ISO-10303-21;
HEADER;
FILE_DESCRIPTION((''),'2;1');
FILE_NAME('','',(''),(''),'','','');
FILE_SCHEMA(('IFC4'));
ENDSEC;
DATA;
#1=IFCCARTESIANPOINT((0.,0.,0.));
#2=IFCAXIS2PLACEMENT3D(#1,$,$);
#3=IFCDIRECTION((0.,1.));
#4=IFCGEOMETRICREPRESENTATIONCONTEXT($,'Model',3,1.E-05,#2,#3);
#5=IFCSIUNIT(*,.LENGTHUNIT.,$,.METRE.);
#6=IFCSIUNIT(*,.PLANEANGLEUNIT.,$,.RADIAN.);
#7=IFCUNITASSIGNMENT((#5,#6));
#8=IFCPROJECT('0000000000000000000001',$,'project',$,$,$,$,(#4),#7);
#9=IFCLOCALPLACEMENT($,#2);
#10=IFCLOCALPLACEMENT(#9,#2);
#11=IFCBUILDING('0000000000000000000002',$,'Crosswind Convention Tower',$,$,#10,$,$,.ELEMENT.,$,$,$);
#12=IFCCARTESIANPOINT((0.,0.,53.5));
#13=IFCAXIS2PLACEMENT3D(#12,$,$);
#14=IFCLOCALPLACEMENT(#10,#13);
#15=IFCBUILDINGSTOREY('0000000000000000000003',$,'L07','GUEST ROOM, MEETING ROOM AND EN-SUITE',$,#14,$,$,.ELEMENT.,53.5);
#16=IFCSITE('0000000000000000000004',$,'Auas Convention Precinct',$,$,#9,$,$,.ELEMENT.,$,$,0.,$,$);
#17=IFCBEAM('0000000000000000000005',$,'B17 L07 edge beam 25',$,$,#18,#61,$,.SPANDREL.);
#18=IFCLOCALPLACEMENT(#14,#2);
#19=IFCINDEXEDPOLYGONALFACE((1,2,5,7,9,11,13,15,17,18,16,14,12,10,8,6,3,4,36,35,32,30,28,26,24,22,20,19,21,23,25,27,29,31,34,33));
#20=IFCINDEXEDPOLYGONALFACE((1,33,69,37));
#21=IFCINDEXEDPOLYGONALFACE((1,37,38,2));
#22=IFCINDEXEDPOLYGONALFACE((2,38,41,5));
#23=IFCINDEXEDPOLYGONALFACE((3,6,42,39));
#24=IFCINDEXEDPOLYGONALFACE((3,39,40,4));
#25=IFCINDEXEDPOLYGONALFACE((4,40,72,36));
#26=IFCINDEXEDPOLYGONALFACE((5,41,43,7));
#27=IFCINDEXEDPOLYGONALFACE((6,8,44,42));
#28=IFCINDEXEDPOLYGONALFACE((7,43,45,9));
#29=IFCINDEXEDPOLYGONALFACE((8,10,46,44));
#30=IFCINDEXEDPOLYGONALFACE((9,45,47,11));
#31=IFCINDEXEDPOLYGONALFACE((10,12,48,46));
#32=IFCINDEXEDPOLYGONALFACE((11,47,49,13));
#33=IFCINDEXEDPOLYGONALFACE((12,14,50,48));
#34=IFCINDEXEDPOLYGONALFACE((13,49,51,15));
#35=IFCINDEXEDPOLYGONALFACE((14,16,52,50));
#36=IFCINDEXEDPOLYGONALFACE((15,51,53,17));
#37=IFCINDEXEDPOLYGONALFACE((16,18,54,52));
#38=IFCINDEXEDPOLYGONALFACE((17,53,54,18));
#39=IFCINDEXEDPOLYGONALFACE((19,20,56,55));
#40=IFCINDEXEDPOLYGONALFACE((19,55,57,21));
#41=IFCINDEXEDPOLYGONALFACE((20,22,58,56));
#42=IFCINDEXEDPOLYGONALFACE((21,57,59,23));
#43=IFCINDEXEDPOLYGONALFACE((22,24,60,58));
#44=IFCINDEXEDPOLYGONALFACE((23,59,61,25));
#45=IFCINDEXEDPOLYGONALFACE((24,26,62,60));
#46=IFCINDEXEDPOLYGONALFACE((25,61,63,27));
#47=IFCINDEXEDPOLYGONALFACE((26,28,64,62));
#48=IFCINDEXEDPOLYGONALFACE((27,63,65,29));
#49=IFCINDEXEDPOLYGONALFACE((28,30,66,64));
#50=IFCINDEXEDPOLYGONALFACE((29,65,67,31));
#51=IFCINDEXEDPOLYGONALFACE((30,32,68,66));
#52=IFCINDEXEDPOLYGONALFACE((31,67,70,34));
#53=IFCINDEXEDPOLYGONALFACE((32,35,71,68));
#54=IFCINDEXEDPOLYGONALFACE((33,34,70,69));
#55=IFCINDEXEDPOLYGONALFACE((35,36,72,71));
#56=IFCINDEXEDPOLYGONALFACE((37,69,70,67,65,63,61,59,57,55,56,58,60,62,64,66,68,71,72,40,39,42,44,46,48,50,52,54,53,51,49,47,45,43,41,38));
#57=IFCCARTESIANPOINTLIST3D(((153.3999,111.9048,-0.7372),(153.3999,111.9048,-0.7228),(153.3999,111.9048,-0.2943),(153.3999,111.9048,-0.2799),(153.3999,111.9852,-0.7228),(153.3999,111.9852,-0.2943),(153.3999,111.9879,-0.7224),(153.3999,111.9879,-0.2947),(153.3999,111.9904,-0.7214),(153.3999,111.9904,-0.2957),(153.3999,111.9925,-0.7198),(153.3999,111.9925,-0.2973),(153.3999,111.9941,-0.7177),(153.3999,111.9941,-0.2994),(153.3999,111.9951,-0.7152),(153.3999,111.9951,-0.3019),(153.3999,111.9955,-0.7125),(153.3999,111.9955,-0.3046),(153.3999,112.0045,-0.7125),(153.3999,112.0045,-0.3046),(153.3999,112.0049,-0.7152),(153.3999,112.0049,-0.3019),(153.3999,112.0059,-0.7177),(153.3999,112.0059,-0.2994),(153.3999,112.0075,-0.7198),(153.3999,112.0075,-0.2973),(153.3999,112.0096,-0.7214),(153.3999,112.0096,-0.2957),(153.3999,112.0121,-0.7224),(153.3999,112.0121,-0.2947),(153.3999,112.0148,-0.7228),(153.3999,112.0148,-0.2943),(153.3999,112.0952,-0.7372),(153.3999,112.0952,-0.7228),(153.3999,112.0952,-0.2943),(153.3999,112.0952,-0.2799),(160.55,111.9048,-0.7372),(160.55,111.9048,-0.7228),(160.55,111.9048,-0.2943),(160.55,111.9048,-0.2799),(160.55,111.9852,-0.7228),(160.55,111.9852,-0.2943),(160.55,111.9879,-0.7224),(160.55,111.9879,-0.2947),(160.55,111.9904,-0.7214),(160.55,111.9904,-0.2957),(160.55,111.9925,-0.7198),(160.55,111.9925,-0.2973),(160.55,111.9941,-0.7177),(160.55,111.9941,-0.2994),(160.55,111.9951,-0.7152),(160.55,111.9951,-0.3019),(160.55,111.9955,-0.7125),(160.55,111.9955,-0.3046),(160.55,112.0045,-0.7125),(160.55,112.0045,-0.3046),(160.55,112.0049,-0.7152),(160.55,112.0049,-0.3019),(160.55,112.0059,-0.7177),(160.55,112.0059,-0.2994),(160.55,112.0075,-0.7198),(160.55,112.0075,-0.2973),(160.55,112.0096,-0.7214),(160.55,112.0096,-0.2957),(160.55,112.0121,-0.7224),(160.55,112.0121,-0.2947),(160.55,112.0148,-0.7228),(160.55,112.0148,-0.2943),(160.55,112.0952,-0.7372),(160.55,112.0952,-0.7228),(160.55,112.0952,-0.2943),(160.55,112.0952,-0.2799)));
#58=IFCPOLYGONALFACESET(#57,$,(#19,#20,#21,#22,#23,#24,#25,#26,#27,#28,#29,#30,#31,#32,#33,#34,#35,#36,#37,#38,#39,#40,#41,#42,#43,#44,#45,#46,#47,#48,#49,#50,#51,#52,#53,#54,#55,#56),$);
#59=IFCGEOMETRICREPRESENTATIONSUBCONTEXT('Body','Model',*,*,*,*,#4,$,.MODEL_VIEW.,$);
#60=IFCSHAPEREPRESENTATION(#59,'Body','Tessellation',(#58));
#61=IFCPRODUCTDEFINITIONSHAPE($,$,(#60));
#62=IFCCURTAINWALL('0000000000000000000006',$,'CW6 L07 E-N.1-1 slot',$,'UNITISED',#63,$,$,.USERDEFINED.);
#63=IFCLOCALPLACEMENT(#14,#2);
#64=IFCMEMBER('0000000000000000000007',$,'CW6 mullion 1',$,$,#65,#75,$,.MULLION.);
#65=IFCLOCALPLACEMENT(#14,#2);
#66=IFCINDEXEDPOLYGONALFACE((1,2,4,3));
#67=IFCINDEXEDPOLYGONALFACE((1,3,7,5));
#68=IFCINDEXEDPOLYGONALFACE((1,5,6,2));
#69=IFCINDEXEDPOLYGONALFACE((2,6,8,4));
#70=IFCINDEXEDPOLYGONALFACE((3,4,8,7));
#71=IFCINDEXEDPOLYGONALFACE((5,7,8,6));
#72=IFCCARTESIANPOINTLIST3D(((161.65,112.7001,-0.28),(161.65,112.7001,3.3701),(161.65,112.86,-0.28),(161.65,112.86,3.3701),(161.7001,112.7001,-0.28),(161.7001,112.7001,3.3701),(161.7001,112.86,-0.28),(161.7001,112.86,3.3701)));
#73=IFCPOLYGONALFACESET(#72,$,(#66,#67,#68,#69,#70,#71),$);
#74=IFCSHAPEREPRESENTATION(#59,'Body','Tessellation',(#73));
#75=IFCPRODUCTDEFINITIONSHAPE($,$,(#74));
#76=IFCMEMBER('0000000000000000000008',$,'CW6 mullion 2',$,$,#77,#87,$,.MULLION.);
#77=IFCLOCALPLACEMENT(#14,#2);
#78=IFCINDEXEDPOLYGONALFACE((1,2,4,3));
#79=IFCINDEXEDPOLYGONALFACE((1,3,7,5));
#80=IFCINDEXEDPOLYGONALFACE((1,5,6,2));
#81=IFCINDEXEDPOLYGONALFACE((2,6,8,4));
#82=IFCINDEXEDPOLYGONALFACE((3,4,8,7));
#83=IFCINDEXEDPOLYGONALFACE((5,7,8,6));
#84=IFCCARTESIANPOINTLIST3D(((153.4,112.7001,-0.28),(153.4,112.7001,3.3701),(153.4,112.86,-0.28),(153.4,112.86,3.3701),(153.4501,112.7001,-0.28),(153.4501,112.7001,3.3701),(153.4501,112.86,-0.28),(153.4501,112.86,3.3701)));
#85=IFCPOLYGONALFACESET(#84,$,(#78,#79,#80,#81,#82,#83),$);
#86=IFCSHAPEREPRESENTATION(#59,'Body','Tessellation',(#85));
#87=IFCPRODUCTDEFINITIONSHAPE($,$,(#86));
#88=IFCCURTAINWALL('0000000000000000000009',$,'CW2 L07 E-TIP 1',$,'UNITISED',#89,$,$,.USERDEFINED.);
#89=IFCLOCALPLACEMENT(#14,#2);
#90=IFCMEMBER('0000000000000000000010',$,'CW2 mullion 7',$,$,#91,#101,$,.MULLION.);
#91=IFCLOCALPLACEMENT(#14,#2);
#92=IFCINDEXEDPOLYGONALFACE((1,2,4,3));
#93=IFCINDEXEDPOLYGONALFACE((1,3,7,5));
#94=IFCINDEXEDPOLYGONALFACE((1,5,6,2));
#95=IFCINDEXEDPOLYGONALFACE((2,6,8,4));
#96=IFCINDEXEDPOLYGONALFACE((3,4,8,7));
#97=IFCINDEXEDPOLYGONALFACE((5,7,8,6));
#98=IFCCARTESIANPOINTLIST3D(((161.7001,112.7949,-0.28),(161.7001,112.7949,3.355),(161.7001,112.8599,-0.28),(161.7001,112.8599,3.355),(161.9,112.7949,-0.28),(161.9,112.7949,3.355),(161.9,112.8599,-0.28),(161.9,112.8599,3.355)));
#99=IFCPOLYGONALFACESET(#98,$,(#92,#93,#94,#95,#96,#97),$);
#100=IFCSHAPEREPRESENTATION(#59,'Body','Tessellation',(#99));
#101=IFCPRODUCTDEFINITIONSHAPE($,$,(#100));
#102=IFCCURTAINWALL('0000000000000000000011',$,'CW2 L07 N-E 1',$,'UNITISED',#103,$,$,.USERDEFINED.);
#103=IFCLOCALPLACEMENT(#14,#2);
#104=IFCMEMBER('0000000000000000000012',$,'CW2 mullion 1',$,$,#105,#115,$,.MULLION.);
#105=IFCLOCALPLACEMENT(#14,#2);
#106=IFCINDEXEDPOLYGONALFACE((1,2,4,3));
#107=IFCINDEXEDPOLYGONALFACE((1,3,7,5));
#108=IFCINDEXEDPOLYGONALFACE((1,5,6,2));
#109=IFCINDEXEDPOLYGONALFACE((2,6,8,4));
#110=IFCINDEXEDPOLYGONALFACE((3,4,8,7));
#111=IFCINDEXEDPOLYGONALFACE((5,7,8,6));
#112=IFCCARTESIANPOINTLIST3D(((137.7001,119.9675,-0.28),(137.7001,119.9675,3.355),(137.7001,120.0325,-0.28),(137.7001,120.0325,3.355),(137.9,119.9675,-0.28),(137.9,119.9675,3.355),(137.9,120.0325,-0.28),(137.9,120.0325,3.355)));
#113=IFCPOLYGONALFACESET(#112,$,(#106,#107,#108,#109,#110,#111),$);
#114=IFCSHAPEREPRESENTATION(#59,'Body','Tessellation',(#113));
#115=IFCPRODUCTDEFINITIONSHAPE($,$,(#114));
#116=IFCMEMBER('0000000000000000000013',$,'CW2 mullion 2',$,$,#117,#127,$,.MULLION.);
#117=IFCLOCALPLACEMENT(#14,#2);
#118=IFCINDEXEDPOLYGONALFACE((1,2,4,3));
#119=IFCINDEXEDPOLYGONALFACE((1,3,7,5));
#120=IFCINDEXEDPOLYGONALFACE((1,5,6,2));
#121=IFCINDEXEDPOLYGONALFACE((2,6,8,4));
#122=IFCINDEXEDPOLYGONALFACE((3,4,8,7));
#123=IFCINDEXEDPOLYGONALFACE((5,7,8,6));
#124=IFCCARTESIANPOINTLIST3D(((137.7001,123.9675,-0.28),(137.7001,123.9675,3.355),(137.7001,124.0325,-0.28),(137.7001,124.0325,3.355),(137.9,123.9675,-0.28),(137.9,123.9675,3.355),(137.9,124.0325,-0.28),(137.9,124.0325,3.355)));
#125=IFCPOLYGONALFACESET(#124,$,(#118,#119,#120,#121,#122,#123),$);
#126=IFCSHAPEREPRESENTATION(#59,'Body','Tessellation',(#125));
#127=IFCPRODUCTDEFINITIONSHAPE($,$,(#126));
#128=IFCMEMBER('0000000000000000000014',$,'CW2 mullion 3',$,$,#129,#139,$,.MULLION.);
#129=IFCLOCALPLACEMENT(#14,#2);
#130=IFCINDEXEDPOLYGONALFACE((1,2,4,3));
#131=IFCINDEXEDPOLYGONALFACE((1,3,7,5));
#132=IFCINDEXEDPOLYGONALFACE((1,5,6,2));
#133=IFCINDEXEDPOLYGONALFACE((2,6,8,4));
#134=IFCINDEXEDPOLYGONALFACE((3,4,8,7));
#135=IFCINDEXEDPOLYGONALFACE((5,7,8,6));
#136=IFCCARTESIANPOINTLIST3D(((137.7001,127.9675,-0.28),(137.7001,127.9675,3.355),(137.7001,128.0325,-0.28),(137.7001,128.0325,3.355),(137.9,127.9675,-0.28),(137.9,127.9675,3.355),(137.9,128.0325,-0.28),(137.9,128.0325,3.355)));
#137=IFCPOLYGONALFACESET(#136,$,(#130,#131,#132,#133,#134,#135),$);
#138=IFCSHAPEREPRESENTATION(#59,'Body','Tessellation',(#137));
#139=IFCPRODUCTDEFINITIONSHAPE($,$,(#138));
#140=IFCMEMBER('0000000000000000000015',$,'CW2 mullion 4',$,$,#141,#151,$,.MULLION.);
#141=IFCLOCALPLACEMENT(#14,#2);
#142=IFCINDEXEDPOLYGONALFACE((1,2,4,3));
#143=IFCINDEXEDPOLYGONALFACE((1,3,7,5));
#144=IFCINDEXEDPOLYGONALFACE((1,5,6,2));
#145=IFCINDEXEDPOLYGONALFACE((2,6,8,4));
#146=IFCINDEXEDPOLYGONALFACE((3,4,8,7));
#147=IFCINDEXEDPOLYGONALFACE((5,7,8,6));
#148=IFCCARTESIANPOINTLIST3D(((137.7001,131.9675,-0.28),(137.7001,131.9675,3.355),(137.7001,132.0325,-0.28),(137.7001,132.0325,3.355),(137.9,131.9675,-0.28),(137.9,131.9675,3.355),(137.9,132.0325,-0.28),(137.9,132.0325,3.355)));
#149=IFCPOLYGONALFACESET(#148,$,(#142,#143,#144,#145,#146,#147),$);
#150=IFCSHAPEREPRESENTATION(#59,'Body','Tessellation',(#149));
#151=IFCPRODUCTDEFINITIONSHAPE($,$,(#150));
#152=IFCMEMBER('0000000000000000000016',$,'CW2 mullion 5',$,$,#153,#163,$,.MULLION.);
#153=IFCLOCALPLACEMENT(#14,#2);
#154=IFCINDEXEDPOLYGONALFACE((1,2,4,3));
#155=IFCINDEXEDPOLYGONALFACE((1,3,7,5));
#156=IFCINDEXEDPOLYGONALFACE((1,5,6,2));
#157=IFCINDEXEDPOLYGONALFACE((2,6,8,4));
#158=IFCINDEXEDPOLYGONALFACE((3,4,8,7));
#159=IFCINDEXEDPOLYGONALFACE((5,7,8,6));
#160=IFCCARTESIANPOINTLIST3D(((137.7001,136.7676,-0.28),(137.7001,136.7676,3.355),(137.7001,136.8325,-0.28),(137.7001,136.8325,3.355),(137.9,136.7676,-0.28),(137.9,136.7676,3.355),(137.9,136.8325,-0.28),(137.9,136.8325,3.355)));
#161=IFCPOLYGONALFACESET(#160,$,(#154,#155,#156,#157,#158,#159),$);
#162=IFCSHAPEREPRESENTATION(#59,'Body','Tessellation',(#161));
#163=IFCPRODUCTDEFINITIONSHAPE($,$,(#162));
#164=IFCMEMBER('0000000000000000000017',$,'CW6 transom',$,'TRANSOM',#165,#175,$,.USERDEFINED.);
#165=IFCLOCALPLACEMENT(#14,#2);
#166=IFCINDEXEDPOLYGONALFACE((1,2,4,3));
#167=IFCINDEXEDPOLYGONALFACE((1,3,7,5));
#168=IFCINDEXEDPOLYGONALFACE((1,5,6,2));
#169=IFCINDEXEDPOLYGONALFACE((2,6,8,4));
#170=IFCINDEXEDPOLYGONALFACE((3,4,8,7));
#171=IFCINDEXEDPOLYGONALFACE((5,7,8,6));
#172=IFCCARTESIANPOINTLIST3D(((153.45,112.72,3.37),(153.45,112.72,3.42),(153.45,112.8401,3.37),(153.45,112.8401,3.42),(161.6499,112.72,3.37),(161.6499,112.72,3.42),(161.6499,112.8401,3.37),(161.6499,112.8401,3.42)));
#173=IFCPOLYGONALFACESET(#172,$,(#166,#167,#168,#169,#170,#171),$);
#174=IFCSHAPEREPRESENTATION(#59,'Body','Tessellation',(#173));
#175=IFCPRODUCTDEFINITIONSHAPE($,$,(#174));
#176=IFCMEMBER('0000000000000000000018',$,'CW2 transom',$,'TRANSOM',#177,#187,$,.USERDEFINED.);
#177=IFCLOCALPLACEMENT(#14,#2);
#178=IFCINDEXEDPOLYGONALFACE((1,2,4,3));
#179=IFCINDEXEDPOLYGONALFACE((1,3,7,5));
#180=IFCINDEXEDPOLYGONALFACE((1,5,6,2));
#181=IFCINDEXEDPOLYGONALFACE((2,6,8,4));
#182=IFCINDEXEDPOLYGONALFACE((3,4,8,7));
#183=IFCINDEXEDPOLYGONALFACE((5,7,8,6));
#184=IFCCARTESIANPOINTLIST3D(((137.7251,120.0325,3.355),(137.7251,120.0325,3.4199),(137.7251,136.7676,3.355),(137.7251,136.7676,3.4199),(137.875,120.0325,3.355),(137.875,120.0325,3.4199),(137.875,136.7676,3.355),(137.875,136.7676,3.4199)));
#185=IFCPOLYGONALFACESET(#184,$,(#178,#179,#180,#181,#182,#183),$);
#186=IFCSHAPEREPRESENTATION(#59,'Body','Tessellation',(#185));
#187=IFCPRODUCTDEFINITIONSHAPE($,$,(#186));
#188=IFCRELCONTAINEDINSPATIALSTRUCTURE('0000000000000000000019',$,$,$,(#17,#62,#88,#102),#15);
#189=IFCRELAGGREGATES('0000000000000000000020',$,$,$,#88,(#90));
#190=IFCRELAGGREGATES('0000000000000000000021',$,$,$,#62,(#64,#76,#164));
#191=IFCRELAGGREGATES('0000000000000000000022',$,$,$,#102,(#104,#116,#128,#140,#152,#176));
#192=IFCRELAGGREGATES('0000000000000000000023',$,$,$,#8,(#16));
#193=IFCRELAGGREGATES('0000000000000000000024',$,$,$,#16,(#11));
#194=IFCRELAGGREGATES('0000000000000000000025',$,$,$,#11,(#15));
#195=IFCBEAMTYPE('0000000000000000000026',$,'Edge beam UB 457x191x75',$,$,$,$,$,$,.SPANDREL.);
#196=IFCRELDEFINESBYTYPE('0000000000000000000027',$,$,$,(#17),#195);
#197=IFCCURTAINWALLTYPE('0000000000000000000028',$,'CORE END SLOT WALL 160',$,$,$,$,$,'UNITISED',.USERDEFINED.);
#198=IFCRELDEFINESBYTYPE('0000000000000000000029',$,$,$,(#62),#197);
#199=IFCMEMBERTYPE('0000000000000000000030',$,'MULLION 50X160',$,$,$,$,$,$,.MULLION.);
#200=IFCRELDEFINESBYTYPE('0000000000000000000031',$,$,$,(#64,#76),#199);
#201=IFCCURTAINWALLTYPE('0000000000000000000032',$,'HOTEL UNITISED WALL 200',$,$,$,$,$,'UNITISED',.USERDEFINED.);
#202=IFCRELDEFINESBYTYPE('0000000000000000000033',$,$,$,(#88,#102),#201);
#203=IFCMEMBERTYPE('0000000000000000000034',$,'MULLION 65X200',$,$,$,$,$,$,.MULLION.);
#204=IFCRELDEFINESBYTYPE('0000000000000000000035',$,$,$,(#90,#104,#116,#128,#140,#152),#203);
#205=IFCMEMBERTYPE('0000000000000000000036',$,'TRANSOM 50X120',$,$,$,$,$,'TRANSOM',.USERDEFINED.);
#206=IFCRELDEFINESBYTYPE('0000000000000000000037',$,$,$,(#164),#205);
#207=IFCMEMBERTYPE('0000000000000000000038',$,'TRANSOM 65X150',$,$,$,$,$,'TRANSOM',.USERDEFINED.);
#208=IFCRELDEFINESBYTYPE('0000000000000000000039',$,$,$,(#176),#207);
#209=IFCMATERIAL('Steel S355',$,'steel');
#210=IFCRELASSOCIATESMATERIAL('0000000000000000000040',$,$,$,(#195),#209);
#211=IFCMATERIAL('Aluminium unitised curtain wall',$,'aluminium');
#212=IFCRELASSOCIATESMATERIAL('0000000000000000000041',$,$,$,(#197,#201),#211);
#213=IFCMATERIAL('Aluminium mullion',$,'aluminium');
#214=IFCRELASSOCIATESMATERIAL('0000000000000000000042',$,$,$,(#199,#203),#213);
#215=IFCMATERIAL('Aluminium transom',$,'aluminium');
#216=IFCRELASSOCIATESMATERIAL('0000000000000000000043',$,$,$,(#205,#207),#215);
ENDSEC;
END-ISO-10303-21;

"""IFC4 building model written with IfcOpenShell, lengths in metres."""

from ifc_helpers import new_model, si_unit, direction, frame, origin, origin_2d, place, context, subcontext, project, spatial, rectangle, i_section, extrude, material, material_profile, profile_set, type_object, element, aggregate, save


model = new_model("IFC4")

# Units and contexts
model_context = context("Model", 3, precision=1e-05, world=origin(), true_north=direction((0.0, 1.0)))
body_context = subcontext(model_context, "Body", "Model", "MODEL_VIEW")
ifc_project = project(units=[si_unit("LENGTHUNIT", "METRE"), si_unit("PLANEANGLEUNIT", "RADIAN")], contexts=[model_context])

# Site, building, storey
site_placement = place(None, origin())
site = spatial("IfcSite", under=ifc_project, at=site_placement, Name="Auas Convention Precinct", CompositionType="ELEMENT", RefElevation=0.0)
building_placement = place(site_placement, origin())
building = spatial("IfcBuilding", under=site, at=building_placement, Name="Crosswind Convention Tower", CompositionType="ELEMENT")
storey_placement = place(building_placement, frame((0.0, 0.0, 53.5)))
storey = spatial("IfcBuildingStorey", under=building, at=storey_placement, Name="L07", Description="GUEST ROOM, MEETING ROOM AND EN-SUITE", CompositionType="ELEMENT", Elevation=53.5)

# Beam
ifc_material_1 = material(Name="Steel S355", Category="steel")
ifc_material_profile_1 = material_profile(ifc_material_1, i_section(OverallWidth=0.1904, OverallDepth=0.4573, WebThickness=0.009, FlangeThickness=0.0144, FilletRadius=0.0103, at=origin_2d()), Name="UB 457x191x75")
ifc_profile_set_1 = profile_set([ifc_material_profile_1], Name="Steel S355")
beam_type_1 = type_object("IfcBeamType", Name="Edge beam UB 457x191x75", PredefinedType="SPANDREL", material=ifc_profile_set_1)
beam_1_placement = place(storey_placement, frame((153.3999, 112.0, -0.5085), z_axis=(1.0, 0.0, 0.0), x_axis=(0.0, 1.0, 0.0)))
element("IfcBeam", 1, at=beam_1_placement, inside=storey, type_object=beam_type_1, Name="B17 L07 edge beam 25", PredefinedType="SPANDREL", context=body_context, shape_type="SweptSolid", body=[
    extrude(i_section(OverallWidth=0.1904, OverallDepth=0.4573, WebThickness=0.009, FlangeThickness=0.0144, FilletRadius=0.0103, at=origin_2d()), origin(), (0.0, 0.0, 1.0), 7.1501),
])

# Curtain wall, members
ifc_material_2 = material(Name="Aluminium unitised curtain wall", Category="aluminium")
curtain_wall_type_1 = type_object("IfcCurtainWallType", Name="CORE END SLOT WALL 160", ElementType="UNITISED", PredefinedType="USERDEFINED", material=ifc_material_2)
curtain_wall_1_placement = place(storey_placement, origin())
curtain_wall_1 = element("IfcCurtainWall", 2, at=curtain_wall_1_placement, inside=storey, type_object=curtain_wall_type_1, Name="CW6 L07 E-N.1-1 slot", ObjectType="UNITISED", PredefinedType="USERDEFINED")
ifc_material_3 = material(Name="Aluminium mullion", Category="aluminium")
ifc_material_profile_2 = material_profile(ifc_material_3, rectangle(XDim=0.1599, YDim=0.05, at=origin_2d()), Name="AL 160X50")
ifc_profile_set_2 = profile_set([ifc_material_profile_2], Name="Aluminium mullion")
member_type_1 = type_object("IfcMemberType", Name="MULLION 50X160", PredefinedType="MULLION", material=ifc_profile_set_2)
member_1_placement = place(storey_placement, frame((161.675, 112.78, -0.28), z_axis=(0.0, 0.0, 1.0), x_axis=(0.0, 1.0, 0.0)))
member_1 = element("IfcMember", 3, at=member_1_placement, type_object=member_type_1, Name="CW6 mullion 1", PredefinedType="MULLION", context=body_context, shape_type="SweptSolid", body=[
    extrude(rectangle(XDim=0.1599, YDim=0.05, at=origin_2d()), origin(), (0.0, 0.0, 1.0), 3.6501),
])
member_2_placement = place(storey_placement, frame((153.425, 112.78, -0.28), z_axis=(0.0, 0.0, 1.0), x_axis=(0.0, 1.0, 0.0)))
member_2 = element("IfcMember", 4, at=member_2_placement, type_object=member_type_1, Name="CW6 mullion 2", PredefinedType="MULLION", context=body_context, shape_type="SweptSolid", body=[
    extrude(rectangle(XDim=0.1599, YDim=0.05, at=origin_2d()), origin(), (0.0, 0.0, 1.0), 3.6501),
])

# Curtain wall, member
curtain_wall_type_2 = type_object("IfcCurtainWallType", Name="HOTEL UNITISED WALL 200", ElementType="UNITISED", PredefinedType="USERDEFINED", material=ifc_material_2)
curtain_wall_2_placement = place(storey_placement, origin())
curtain_wall_2 = element("IfcCurtainWall", 5, at=curtain_wall_2_placement, inside=storey, type_object=curtain_wall_type_2, Name="CW2 L07 E-TIP 1", ObjectType="UNITISED", PredefinedType="USERDEFINED")
ifc_material_profile_3 = material_profile(ifc_material_3, rectangle(XDim=0.2, YDim=0.0649, at=origin_2d()), Name="AL 200X65")
ifc_profile_set_3 = profile_set([ifc_material_profile_3], Name="Aluminium mullion")
member_type_2 = type_object("IfcMemberType", Name="MULLION 65X200", PredefinedType="MULLION", material=ifc_profile_set_3)
member_3_placement = place(storey_placement, frame((161.8, 112.8274, -0.28), z_axis=(0.0, 0.0, 1.0), x_axis=(1.0, 0.0, 0.0)))
member_3 = element("IfcMember", 6, at=member_3_placement, type_object=member_type_2, Name="CW2 mullion 7", PredefinedType="MULLION", context=body_context, shape_type="SweptSolid", body=[
    extrude(rectangle(XDim=0.2, YDim=0.0649, at=origin_2d()), origin(), (0.0, 0.0, 1.0), 3.635),
])
aggregate(curtain_wall_2, [member_3])

# Curtain wall, members
curtain_wall_3_placement = place(storey_placement, origin())
curtain_wall_3 = element("IfcCurtainWall", 7, at=curtain_wall_3_placement, inside=storey, type_object=curtain_wall_type_2, Name="CW2 L07 N-E 1", ObjectType="UNITISED", PredefinedType="USERDEFINED")
member_4_placement = place(storey_placement, frame((137.8, 120.0, -0.28), z_axis=(0.0, 0.0, 1.0), x_axis=(1.0, 0.0, 0.0)))
member_4 = element("IfcMember", 8, at=member_4_placement, type_object=member_type_2, Name="CW2 mullion 1", PredefinedType="MULLION", context=body_context, shape_type="SweptSolid", body=[
    extrude(rectangle(XDim=0.2, YDim=0.0649, at=origin_2d()), origin(), (0.0, 0.0, 1.0), 3.635),
])
member_5_placement = place(storey_placement, frame((137.8, 124.0, -0.28), z_axis=(0.0, 0.0, 1.0), x_axis=(1.0, 0.0, 0.0)))
member_5 = element("IfcMember", 9, at=member_5_placement, type_object=member_type_2, Name="CW2 mullion 2", PredefinedType="MULLION", context=body_context, shape_type="SweptSolid", body=[
    extrude(rectangle(XDim=0.2, YDim=0.0649, at=origin_2d()), origin(), (0.0, 0.0, 1.0), 3.635),
])
member_6_placement = place(storey_placement, frame((137.8, 128.0, -0.28), z_axis=(0.0, 0.0, 1.0), x_axis=(1.0, 0.0, 0.0)))
member_6 = element("IfcMember", 10, at=member_6_placement, type_object=member_type_2, Name="CW2 mullion 3", PredefinedType="MULLION", context=body_context, shape_type="SweptSolid", body=[
    extrude(rectangle(XDim=0.2, YDim=0.0649, at=origin_2d()), origin(), (0.0, 0.0, 1.0), 3.635),
])
member_7_placement = place(storey_placement, frame((137.8, 132.0, -0.28), z_axis=(0.0, 0.0, 1.0), x_axis=(1.0, 0.0, 0.0)))
member_7 = element("IfcMember", 11, at=member_7_placement, type_object=member_type_2, Name="CW2 mullion 4", PredefinedType="MULLION", context=body_context, shape_type="SweptSolid", body=[
    extrude(rectangle(XDim=0.2, YDim=0.0649, at=origin_2d()), origin(), (0.0, 0.0, 1.0), 3.635),
])
member_8_placement = place(storey_placement, frame((137.8, 136.8, -0.28), z_axis=(0.0, 0.0, 1.0), x_axis=(1.0, 0.0, 0.0)))
member_8 = element("IfcMember", 12, at=member_8_placement, type_object=member_type_2, Name="CW2 mullion 5", PredefinedType="MULLION", context=body_context, shape_type="SweptSolid", body=[
    extrude(rectangle(XDim=0.2, YDim=0.0649, at=origin_2d()), origin(), (0.0, 0.0, 1.0), 3.635),
])

# Members
ifc_material_4 = material(Name="Aluminium transom", Category="aluminium")
ifc_material_profile_4 = material_profile(ifc_material_4, rectangle(XDim=0.1201, YDim=0.05, at=origin_2d()), Name="AL 120X50")
ifc_profile_set_4 = profile_set([ifc_material_profile_4], Name="Aluminium transom")
member_type_3 = type_object("IfcMemberType", Name="TRANSOM 50X120", ElementType="TRANSOM", PredefinedType="USERDEFINED", material=ifc_profile_set_4)
member_9_placement = place(storey_placement, frame((161.6499, 112.78, 3.395), z_axis=(-1.0, 0.0, 0.0), x_axis=(0.0, -1.0, 0.0)))
member_9 = element("IfcMember", 13, at=member_9_placement, type_object=member_type_3, Name="CW6 transom", ObjectType="TRANSOM", PredefinedType="USERDEFINED", context=body_context, shape_type="SweptSolid", body=[
    extrude(rectangle(XDim=0.1201, YDim=0.05, at=origin_2d()), origin(), (0.0, 0.0, 1.0), 8.2),
])
ifc_material_profile_5 = material_profile(ifc_material_4, rectangle(XDim=0.1499, YDim=0.0649, at=origin_2d()), Name="AL 150X65")
ifc_profile_set_5 = profile_set([ifc_material_profile_5], Name="Aluminium transom")
member_type_4 = type_object("IfcMemberType", Name="TRANSOM 65X150", ElementType="TRANSOM", PredefinedType="USERDEFINED", material=ifc_profile_set_5)
member_10_placement = place(storey_placement, frame((137.8, 120.0325, 3.3875), z_axis=(0.0, 1.0, 0.0), x_axis=(-1.0, 0.0, 0.0)))
member_10 = element("IfcMember", 14, at=member_10_placement, type_object=member_type_4, Name="CW2 transom", ObjectType="TRANSOM", PredefinedType="USERDEFINED", context=body_context, shape_type="SweptSolid", body=[
    extrude(rectangle(XDim=0.1499, YDim=0.0649, at=origin_2d()), origin(), (0.0, 0.0, 1.0), 16.7351),
])

aggregate(curtain_wall_1, [member_1, member_2, member_9])

aggregate(curtain_wall_3, [member_4, member_5, member_6, member_7, member_8, member_10])

save(model, "model.ifc")
